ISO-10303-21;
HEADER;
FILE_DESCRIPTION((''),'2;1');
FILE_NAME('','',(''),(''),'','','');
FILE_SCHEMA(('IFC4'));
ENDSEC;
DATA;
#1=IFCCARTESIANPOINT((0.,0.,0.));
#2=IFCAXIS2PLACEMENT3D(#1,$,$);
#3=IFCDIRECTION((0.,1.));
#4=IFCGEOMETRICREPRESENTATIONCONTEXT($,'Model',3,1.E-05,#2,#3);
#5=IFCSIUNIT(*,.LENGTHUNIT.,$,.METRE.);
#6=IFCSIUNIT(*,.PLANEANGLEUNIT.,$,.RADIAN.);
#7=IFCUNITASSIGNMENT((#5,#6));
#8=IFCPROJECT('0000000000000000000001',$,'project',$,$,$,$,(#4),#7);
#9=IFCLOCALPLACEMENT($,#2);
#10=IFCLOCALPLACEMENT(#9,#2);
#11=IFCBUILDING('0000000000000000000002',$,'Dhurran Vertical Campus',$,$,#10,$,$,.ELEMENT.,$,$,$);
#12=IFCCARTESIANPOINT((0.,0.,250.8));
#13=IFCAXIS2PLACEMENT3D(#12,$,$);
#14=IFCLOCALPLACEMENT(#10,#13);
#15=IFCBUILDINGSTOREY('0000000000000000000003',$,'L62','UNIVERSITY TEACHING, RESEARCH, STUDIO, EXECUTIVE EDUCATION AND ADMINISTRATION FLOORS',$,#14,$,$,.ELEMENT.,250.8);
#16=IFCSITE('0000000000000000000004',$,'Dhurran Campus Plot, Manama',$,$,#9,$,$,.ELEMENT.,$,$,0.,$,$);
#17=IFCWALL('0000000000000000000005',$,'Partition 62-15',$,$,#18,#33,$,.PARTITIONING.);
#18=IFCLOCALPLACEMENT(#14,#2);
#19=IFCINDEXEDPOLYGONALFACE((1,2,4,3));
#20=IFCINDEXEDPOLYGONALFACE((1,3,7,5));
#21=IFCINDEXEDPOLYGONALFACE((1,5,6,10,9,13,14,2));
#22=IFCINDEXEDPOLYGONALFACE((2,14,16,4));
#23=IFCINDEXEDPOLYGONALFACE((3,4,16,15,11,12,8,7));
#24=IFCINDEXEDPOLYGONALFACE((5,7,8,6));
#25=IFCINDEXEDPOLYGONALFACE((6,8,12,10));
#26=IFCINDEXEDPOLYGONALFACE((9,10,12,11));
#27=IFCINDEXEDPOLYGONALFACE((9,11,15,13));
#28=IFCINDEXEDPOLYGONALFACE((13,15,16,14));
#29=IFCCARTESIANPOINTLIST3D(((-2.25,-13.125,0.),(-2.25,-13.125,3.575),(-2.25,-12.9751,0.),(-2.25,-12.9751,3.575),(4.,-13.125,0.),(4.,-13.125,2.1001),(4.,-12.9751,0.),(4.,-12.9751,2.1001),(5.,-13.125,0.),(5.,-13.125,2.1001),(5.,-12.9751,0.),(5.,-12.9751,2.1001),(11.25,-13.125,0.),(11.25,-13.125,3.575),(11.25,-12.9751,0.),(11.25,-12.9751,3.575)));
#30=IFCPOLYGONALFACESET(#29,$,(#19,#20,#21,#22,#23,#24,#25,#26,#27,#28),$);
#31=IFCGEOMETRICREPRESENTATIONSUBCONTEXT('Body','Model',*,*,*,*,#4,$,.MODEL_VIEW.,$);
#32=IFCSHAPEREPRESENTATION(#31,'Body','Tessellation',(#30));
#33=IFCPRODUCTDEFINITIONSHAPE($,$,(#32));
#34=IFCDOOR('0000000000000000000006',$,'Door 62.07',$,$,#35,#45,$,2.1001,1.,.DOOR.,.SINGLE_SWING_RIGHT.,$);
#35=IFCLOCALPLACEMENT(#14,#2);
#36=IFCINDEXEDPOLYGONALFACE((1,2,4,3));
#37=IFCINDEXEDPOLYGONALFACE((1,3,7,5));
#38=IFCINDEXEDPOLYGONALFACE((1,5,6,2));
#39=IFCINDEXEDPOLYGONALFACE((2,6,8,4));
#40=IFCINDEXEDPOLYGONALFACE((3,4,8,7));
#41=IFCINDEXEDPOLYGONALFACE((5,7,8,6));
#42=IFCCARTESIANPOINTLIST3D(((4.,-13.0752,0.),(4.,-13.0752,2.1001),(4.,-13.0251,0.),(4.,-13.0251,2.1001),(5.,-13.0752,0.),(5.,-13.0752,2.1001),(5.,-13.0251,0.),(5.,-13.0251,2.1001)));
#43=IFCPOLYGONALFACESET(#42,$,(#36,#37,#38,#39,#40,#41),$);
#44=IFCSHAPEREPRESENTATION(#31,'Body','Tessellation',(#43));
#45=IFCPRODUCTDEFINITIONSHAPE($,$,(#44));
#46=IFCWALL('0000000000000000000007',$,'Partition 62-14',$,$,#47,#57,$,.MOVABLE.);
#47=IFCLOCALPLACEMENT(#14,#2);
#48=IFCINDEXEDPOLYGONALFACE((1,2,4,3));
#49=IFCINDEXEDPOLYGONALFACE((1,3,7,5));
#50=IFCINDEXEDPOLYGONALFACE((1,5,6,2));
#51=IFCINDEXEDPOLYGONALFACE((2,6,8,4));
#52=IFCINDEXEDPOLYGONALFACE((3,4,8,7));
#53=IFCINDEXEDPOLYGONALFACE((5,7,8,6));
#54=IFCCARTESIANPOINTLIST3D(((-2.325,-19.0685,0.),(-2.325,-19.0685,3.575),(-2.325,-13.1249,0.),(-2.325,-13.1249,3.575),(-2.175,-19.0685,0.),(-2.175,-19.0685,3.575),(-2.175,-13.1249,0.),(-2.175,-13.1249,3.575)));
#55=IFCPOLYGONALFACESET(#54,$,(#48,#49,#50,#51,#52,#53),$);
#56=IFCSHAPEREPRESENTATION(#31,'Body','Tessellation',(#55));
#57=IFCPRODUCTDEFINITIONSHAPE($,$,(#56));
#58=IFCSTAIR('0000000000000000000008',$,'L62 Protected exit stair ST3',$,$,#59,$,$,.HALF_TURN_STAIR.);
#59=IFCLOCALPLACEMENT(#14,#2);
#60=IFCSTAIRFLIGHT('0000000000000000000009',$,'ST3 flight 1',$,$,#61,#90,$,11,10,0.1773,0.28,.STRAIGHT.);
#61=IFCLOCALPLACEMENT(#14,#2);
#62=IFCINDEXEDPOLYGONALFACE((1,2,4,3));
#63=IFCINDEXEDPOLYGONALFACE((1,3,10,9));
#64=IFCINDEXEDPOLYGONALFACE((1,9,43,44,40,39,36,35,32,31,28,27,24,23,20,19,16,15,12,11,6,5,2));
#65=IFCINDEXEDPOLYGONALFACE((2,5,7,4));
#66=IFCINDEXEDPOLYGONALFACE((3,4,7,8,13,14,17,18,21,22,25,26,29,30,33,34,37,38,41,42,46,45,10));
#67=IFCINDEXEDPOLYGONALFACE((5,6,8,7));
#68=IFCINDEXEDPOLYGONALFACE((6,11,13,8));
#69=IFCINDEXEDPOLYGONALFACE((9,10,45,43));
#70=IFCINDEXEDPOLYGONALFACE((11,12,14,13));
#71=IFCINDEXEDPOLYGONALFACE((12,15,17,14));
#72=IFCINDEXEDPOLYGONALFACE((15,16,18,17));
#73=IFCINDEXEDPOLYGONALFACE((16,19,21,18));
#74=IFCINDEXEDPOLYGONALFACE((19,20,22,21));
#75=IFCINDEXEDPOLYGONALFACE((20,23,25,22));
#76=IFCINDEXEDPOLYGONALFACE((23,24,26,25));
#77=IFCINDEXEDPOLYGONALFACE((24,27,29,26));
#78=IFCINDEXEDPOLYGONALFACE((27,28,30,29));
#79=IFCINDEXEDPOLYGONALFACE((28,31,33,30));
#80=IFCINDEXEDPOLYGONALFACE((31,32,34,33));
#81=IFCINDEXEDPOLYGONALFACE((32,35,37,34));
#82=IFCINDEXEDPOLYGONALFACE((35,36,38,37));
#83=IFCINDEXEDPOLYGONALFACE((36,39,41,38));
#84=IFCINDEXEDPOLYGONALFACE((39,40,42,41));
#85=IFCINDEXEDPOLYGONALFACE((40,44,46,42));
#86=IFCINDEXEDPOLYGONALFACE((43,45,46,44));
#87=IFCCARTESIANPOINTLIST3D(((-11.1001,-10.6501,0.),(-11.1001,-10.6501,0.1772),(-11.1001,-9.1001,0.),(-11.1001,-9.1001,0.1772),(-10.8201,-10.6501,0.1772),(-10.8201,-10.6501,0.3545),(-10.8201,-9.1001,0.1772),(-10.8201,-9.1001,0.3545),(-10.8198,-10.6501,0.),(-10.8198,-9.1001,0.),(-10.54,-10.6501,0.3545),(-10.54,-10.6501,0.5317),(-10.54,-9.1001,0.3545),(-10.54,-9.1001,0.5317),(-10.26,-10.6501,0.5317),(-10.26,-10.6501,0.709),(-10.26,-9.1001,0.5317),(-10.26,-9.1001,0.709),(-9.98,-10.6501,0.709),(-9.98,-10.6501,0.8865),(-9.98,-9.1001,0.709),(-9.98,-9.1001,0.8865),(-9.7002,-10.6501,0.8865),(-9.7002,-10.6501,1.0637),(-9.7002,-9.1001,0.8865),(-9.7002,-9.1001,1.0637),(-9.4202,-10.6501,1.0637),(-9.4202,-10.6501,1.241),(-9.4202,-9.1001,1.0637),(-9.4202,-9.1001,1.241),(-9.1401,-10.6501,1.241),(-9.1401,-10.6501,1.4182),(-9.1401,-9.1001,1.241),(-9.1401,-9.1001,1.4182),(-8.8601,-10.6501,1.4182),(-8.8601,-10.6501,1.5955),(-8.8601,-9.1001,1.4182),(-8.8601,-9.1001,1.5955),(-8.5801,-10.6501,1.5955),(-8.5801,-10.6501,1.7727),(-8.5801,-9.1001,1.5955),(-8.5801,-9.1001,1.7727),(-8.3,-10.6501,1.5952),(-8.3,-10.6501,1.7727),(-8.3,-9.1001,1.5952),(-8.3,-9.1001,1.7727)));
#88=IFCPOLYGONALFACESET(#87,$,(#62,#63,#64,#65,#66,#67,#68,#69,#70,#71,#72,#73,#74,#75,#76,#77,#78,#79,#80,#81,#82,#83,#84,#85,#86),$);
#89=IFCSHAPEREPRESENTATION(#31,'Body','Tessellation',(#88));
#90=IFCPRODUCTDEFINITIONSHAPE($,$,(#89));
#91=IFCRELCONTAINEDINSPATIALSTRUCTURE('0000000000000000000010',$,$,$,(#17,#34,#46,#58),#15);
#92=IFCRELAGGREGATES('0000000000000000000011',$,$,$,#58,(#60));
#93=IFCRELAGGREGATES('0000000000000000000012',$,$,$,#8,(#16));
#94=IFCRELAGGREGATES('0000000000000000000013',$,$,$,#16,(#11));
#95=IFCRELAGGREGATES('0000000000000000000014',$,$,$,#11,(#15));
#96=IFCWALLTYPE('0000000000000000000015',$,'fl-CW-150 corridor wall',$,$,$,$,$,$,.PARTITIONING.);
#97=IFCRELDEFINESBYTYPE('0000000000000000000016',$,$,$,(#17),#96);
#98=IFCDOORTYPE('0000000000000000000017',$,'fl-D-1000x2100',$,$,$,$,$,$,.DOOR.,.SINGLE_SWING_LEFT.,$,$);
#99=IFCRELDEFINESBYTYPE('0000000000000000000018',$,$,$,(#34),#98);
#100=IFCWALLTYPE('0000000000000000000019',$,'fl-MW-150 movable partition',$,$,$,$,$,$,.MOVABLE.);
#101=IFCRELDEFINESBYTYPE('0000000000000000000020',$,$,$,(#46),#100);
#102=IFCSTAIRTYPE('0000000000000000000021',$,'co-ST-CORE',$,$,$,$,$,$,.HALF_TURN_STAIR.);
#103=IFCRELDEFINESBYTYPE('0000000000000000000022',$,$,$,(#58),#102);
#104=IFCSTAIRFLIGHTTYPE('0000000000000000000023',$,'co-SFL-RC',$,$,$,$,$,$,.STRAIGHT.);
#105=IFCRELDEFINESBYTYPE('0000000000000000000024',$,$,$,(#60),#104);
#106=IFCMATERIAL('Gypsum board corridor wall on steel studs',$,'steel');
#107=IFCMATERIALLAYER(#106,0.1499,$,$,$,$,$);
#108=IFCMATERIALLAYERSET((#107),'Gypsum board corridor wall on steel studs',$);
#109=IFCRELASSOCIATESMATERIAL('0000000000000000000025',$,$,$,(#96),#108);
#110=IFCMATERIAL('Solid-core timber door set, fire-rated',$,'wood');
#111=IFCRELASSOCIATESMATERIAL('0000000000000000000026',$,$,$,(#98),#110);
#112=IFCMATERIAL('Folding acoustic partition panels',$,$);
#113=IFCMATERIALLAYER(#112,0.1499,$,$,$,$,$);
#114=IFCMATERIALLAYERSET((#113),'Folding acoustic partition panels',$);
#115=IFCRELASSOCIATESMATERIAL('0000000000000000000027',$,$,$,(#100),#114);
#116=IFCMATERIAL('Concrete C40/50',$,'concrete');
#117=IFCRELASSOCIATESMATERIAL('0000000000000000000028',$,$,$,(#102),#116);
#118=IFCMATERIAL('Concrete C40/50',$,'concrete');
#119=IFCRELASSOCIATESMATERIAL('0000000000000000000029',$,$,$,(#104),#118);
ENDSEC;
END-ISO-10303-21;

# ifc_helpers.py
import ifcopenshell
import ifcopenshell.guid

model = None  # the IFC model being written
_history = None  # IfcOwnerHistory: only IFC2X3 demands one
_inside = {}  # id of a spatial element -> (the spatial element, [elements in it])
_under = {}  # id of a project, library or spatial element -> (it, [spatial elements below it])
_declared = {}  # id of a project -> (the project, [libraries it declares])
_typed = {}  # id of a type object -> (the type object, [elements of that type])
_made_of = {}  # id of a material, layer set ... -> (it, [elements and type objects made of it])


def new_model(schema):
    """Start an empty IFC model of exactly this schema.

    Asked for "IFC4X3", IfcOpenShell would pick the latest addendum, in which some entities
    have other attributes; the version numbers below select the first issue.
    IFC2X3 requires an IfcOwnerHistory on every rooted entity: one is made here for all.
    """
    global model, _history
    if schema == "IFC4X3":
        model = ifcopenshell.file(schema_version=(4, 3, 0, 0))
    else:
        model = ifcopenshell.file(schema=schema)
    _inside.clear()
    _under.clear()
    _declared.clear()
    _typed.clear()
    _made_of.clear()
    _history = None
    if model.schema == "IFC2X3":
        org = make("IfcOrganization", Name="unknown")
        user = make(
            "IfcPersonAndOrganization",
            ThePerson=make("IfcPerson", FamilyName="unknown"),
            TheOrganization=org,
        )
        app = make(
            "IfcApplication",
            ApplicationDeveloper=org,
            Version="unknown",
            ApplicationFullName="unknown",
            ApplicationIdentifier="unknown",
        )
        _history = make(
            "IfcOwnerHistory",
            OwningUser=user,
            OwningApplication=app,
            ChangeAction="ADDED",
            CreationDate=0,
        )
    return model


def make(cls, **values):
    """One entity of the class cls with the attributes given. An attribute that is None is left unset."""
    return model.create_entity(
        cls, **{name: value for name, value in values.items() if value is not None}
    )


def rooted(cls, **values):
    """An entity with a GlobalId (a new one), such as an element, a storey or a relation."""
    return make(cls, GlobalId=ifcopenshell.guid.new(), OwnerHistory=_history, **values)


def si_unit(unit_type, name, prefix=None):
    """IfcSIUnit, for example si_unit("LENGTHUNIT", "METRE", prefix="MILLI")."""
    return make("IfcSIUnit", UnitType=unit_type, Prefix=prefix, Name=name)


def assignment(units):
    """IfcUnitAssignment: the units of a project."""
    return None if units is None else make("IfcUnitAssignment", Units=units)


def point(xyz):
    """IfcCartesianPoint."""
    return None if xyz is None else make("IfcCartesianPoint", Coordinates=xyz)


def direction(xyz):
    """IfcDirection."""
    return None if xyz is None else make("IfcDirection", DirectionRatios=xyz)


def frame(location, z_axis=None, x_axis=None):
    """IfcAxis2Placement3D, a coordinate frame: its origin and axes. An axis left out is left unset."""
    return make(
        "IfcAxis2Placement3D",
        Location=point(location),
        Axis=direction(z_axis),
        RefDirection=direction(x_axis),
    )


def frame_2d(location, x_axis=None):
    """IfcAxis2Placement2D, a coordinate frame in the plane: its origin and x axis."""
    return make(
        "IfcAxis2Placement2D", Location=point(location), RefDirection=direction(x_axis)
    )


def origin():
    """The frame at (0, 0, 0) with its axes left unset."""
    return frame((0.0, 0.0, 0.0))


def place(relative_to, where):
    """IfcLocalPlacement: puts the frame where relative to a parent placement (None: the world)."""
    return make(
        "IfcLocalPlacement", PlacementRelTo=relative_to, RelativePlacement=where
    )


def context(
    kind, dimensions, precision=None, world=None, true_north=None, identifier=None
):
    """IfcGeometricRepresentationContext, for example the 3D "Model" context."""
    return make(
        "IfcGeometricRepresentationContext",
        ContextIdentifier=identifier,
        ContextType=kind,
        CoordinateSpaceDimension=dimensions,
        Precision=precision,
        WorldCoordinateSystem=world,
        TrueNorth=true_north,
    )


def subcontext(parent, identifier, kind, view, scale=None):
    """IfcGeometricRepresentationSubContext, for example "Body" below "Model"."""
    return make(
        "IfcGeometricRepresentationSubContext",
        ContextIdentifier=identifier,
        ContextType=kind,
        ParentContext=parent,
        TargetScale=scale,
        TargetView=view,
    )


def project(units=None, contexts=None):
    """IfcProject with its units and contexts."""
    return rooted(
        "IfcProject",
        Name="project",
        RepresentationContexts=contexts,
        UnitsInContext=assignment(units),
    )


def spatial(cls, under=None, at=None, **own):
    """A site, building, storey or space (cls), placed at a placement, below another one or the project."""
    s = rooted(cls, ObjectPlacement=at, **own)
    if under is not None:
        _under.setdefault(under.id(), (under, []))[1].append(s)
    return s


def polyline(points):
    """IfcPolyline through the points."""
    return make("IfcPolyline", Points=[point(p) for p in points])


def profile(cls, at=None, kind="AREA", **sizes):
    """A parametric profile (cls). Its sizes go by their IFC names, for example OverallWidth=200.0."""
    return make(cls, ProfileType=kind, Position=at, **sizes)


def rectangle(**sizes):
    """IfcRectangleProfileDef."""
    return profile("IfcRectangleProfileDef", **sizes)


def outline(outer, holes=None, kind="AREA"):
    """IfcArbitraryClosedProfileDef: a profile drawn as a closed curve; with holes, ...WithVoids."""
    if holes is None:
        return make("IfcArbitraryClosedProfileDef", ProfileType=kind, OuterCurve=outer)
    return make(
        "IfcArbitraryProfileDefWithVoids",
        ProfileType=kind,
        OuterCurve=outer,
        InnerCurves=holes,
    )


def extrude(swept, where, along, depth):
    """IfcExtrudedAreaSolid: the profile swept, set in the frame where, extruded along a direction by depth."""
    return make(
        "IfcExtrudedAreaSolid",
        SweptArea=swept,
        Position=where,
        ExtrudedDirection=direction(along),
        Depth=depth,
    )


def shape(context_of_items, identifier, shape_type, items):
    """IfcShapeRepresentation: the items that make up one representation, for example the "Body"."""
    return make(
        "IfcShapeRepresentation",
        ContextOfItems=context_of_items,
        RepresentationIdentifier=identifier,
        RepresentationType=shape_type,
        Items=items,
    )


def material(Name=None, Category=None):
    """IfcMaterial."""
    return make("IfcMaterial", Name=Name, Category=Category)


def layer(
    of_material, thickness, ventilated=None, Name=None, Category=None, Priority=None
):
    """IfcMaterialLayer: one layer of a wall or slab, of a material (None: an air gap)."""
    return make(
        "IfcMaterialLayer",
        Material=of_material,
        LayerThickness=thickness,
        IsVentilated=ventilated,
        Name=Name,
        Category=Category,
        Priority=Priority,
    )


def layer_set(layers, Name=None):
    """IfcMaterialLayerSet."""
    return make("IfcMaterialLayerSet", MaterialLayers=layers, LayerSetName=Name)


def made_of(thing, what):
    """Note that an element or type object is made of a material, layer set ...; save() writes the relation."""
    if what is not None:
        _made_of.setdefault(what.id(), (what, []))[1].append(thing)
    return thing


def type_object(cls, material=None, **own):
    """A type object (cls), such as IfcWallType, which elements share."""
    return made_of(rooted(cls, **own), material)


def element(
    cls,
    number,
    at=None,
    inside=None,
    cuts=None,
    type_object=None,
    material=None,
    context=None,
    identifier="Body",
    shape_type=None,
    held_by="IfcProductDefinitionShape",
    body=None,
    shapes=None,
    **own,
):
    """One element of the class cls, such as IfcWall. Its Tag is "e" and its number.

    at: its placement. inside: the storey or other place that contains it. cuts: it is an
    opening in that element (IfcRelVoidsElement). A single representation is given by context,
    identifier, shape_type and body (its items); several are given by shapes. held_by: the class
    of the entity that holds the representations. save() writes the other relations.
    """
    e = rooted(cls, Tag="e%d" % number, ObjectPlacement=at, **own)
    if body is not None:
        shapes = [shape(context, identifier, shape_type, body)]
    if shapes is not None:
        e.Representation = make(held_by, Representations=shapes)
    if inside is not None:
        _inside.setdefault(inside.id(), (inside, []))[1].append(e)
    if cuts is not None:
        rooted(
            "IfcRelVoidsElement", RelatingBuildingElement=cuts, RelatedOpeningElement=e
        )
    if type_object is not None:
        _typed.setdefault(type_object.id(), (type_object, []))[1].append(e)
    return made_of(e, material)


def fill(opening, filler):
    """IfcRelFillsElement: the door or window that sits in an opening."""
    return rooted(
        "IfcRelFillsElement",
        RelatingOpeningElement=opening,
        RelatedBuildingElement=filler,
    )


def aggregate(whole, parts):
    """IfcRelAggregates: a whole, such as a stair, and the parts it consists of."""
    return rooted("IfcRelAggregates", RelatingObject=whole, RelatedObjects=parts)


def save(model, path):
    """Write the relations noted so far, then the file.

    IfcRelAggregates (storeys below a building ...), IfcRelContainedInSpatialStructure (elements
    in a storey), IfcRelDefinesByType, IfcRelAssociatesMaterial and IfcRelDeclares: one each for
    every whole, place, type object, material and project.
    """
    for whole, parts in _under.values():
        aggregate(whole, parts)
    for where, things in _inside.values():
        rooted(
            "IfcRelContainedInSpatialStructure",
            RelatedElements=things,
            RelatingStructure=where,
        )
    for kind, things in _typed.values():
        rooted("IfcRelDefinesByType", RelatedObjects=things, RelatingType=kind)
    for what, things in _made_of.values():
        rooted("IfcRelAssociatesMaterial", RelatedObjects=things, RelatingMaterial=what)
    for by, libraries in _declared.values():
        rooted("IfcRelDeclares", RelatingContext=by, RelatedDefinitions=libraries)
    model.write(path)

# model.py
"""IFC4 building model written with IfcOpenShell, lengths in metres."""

from ifc_helpers import new_model, si_unit, direction, frame, frame_2d, origin, place, context, subcontext, project, spatial, polyline, rectangle, outline, extrude, material, layer, layer_set, type_object, element, fill, aggregate, save


model = new_model("IFC4")

# Units and contexts
model_context = context("Model", 3, precision=1e-05, world=origin(), true_north=direction((0.0, 1.0)))
body_context = subcontext(model_context, "Body", "Model", "MODEL_VIEW")
ifc_project = project(units=[si_unit("LENGTHUNIT", "METRE"), si_unit("PLANEANGLEUNIT", "RADIAN")], contexts=[model_context])

# Site, building, storey
site_placement = place(None, origin())
site = spatial("IfcSite", under=ifc_project, at=site_placement, Name="Dhurran Campus Plot, Manama", CompositionType="ELEMENT", RefElevation=0.0)
building_placement = place(site_placement, origin())
building = spatial("IfcBuilding", under=site, at=building_placement, Name="Dhurran Vertical Campus", CompositionType="ELEMENT")
storey_placement = place(building_placement, frame((0.0, 0.0, 250.8)))
storey = spatial("IfcBuildingStorey", under=building, at=storey_placement, Name="L62", Description="UNIVERSITY TEACHING, RESEARCH, STUDIO, EXECUTIVE EDUCATION AND ADMINISTRATION FLOORS", CompositionType="ELEMENT", Elevation=250.8)

# Wall, opening, door
ifc_material_1 = material(Name="Gypsum board corridor wall on steel studs", Category="steel")
ifc_layer_1 = layer(ifc_material_1, 0.1499)
ifc_layer_set_1 = layer_set([ifc_layer_1], Name="Gypsum board corridor wall on steel studs")
wall_type_1 = type_object("IfcWallType", Name="fl-CW-150 corridor wall", PredefinedType="PARTITIONING", material=ifc_layer_set_1)
wall_1_placement = place(storey_placement, frame((-2.25, -13.05, 0.0), z_axis=(0.0, 0.0, 1.0), x_axis=(1.0, 0.0, 0.0)))
wall_1 = element("IfcWall", 1, at=wall_1_placement, inside=storey, type_object=wall_type_1, Name="Partition 62-15", PredefinedType="PARTITIONING", context=body_context, shape_type="SweptSolid", body=[
    extrude(rectangle(XDim=13.5, YDim=0.1499, at=frame_2d((6.75, 0.0))), origin(), (0.0, 0.0, 1.0), 3.575),
])
opening_1_placement = place(wall_1_placement, frame((6.25, 0.0, 0.0)))
opening_1 = element("IfcOpeningElement", 2, at=opening_1_placement, cuts=wall_1, PredefinedType="OPENING", context=body_context, shape_type="SweptSolid", body=[
    extrude(rectangle(XDim=1.0, YDim=2.1001, at=frame_2d((0.5, 1.05))), frame((0.0, 0.085, 0.0), z_axis=(0.0, -1.0, 0.0), x_axis=(1.0, 0.0, 0.0)), (0.0, 0.0, 1.0), 0.1699),
])
ifc_material_2 = material(Name="Solid-core timber door set, fire-rated", Category="wood")
door_type_1 = type_object("IfcDoorType", Name="fl-D-1000x2100", OperationType="SINGLE_SWING_LEFT", PredefinedType="DOOR", material=ifc_material_2)
door_1_placement = place(opening_1_placement, origin())
door_1 = element("IfcDoor", 3, at=door_1_placement, inside=storey, type_object=door_type_1, Name="Door 62.07", OperationType="SINGLE_SWING_RIGHT", OverallHeight=2.1001, OverallWidth=1.0, PredefinedType="DOOR", context=body_context, shape_type="SweptSolid", body=[
    extrude(rectangle(XDim=1.0, YDim=2.1001, at=frame_2d((0.5, 1.05))), frame((0.0, 0.0249, 0.0), z_axis=(0.0, -1.0, 0.0), x_axis=(1.0, 0.0, 0.0)), (0.0, 0.0, 1.0), 0.05),
])
fill(opening_1, door_1)

# Wall
ifc_material_3 = material(Name="Folding acoustic partition panels")
ifc_layer_2 = layer(ifc_material_3, 0.1499)
ifc_layer_set_2 = layer_set([ifc_layer_2], Name="Folding acoustic partition panels")
wall_type_2 = type_object("IfcWallType", Name="fl-MW-150 movable partition", PredefinedType="MOVABLE", material=ifc_layer_set_2)
wall_2_placement = place(storey_placement, frame((-2.25, -13.125, 0.0), z_axis=(0.0, 0.0, 1.0), x_axis=(0.0, -1.0, 0.0)))
element("IfcWall", 4, at=wall_2_placement, inside=storey, type_object=wall_type_2, Name="Partition 62-14", PredefinedType="MOVABLE", context=body_context, shape_type="SweptSolid", body=[
    extrude(rectangle(XDim=5.9436, YDim=0.1499, at=frame_2d((2.9717, 0.0))), origin(), (0.0, 0.0, 1.0), 3.575),
])

# Stair, stair flight
ifc_material_4 = material(Name="Concrete C40/50", Category="concrete")
stair_type = type_object("IfcStairType", Name="co-ST-CORE", PredefinedType="HALF_TURN_STAIR", material=ifc_material_4)
stair_placement = place(storey_placement, origin())
stair = element("IfcStair", 5, at=stair_placement, inside=storey, type_object=stair_type, Name="L62 Protected exit stair ST3", PredefinedType="HALF_TURN_STAIR")
ifc_material_5 = material(Name="Concrete C40/50", Category="concrete")
stair_flight_type = type_object("IfcStairFlightType", Name="co-SFL-RC", PredefinedType="STRAIGHT", material=ifc_material_5)
stair_flight_placement = place(storey_placement, frame((-11.1001, -9.875, 0.0), z_axis=(0.0, 0.0, 1.0), x_axis=(1.0, 0.0, 0.0)))
stair_flight = element("IfcStairFlight", 6, at=stair_flight_placement, type_object=stair_flight_type, Name="ST3 flight 1", NumberOfRisers=11, NumberOfTreads=10, PredefinedType="STRAIGHT", RiserHeight=0.1773, TreadLength=0.28, context=body_context, shape_type="SweptSolid", body=[
    extrude(outline(polyline([(0.0, 0.0), (0.0, 0.1772), (0.28, 0.1772), (0.28, 0.3545), (0.5601, 0.3545), (0.5601, 0.5317), (0.8401, 0.5317), (0.8401, 0.709), (1.1201, 0.709), (1.1201, 0.8865), (1.3999, 0.8865), (1.3999, 1.0637), (1.6799, 1.0637), (1.6799, 1.241), (1.96, 1.241), (1.96, 1.4182), (2.24, 1.4182), (2.24, 1.5955), (2.52, 1.5955), (2.52, 1.7727), (2.8, 1.7727), (2.8, 1.95), (2.8, 1.5952), (0.2803, 0.0), (0.0, 0.0)])), frame((0.0, 0.7749, 0.0), z_axis=(0.0, -1.0, 0.0), x_axis=(1.0, 0.0, 0.0)), (0.0, 0.0, 1.0), 1.55),
])
aggregate(stair, [stair_flight])

save(model, "model.ifc")
